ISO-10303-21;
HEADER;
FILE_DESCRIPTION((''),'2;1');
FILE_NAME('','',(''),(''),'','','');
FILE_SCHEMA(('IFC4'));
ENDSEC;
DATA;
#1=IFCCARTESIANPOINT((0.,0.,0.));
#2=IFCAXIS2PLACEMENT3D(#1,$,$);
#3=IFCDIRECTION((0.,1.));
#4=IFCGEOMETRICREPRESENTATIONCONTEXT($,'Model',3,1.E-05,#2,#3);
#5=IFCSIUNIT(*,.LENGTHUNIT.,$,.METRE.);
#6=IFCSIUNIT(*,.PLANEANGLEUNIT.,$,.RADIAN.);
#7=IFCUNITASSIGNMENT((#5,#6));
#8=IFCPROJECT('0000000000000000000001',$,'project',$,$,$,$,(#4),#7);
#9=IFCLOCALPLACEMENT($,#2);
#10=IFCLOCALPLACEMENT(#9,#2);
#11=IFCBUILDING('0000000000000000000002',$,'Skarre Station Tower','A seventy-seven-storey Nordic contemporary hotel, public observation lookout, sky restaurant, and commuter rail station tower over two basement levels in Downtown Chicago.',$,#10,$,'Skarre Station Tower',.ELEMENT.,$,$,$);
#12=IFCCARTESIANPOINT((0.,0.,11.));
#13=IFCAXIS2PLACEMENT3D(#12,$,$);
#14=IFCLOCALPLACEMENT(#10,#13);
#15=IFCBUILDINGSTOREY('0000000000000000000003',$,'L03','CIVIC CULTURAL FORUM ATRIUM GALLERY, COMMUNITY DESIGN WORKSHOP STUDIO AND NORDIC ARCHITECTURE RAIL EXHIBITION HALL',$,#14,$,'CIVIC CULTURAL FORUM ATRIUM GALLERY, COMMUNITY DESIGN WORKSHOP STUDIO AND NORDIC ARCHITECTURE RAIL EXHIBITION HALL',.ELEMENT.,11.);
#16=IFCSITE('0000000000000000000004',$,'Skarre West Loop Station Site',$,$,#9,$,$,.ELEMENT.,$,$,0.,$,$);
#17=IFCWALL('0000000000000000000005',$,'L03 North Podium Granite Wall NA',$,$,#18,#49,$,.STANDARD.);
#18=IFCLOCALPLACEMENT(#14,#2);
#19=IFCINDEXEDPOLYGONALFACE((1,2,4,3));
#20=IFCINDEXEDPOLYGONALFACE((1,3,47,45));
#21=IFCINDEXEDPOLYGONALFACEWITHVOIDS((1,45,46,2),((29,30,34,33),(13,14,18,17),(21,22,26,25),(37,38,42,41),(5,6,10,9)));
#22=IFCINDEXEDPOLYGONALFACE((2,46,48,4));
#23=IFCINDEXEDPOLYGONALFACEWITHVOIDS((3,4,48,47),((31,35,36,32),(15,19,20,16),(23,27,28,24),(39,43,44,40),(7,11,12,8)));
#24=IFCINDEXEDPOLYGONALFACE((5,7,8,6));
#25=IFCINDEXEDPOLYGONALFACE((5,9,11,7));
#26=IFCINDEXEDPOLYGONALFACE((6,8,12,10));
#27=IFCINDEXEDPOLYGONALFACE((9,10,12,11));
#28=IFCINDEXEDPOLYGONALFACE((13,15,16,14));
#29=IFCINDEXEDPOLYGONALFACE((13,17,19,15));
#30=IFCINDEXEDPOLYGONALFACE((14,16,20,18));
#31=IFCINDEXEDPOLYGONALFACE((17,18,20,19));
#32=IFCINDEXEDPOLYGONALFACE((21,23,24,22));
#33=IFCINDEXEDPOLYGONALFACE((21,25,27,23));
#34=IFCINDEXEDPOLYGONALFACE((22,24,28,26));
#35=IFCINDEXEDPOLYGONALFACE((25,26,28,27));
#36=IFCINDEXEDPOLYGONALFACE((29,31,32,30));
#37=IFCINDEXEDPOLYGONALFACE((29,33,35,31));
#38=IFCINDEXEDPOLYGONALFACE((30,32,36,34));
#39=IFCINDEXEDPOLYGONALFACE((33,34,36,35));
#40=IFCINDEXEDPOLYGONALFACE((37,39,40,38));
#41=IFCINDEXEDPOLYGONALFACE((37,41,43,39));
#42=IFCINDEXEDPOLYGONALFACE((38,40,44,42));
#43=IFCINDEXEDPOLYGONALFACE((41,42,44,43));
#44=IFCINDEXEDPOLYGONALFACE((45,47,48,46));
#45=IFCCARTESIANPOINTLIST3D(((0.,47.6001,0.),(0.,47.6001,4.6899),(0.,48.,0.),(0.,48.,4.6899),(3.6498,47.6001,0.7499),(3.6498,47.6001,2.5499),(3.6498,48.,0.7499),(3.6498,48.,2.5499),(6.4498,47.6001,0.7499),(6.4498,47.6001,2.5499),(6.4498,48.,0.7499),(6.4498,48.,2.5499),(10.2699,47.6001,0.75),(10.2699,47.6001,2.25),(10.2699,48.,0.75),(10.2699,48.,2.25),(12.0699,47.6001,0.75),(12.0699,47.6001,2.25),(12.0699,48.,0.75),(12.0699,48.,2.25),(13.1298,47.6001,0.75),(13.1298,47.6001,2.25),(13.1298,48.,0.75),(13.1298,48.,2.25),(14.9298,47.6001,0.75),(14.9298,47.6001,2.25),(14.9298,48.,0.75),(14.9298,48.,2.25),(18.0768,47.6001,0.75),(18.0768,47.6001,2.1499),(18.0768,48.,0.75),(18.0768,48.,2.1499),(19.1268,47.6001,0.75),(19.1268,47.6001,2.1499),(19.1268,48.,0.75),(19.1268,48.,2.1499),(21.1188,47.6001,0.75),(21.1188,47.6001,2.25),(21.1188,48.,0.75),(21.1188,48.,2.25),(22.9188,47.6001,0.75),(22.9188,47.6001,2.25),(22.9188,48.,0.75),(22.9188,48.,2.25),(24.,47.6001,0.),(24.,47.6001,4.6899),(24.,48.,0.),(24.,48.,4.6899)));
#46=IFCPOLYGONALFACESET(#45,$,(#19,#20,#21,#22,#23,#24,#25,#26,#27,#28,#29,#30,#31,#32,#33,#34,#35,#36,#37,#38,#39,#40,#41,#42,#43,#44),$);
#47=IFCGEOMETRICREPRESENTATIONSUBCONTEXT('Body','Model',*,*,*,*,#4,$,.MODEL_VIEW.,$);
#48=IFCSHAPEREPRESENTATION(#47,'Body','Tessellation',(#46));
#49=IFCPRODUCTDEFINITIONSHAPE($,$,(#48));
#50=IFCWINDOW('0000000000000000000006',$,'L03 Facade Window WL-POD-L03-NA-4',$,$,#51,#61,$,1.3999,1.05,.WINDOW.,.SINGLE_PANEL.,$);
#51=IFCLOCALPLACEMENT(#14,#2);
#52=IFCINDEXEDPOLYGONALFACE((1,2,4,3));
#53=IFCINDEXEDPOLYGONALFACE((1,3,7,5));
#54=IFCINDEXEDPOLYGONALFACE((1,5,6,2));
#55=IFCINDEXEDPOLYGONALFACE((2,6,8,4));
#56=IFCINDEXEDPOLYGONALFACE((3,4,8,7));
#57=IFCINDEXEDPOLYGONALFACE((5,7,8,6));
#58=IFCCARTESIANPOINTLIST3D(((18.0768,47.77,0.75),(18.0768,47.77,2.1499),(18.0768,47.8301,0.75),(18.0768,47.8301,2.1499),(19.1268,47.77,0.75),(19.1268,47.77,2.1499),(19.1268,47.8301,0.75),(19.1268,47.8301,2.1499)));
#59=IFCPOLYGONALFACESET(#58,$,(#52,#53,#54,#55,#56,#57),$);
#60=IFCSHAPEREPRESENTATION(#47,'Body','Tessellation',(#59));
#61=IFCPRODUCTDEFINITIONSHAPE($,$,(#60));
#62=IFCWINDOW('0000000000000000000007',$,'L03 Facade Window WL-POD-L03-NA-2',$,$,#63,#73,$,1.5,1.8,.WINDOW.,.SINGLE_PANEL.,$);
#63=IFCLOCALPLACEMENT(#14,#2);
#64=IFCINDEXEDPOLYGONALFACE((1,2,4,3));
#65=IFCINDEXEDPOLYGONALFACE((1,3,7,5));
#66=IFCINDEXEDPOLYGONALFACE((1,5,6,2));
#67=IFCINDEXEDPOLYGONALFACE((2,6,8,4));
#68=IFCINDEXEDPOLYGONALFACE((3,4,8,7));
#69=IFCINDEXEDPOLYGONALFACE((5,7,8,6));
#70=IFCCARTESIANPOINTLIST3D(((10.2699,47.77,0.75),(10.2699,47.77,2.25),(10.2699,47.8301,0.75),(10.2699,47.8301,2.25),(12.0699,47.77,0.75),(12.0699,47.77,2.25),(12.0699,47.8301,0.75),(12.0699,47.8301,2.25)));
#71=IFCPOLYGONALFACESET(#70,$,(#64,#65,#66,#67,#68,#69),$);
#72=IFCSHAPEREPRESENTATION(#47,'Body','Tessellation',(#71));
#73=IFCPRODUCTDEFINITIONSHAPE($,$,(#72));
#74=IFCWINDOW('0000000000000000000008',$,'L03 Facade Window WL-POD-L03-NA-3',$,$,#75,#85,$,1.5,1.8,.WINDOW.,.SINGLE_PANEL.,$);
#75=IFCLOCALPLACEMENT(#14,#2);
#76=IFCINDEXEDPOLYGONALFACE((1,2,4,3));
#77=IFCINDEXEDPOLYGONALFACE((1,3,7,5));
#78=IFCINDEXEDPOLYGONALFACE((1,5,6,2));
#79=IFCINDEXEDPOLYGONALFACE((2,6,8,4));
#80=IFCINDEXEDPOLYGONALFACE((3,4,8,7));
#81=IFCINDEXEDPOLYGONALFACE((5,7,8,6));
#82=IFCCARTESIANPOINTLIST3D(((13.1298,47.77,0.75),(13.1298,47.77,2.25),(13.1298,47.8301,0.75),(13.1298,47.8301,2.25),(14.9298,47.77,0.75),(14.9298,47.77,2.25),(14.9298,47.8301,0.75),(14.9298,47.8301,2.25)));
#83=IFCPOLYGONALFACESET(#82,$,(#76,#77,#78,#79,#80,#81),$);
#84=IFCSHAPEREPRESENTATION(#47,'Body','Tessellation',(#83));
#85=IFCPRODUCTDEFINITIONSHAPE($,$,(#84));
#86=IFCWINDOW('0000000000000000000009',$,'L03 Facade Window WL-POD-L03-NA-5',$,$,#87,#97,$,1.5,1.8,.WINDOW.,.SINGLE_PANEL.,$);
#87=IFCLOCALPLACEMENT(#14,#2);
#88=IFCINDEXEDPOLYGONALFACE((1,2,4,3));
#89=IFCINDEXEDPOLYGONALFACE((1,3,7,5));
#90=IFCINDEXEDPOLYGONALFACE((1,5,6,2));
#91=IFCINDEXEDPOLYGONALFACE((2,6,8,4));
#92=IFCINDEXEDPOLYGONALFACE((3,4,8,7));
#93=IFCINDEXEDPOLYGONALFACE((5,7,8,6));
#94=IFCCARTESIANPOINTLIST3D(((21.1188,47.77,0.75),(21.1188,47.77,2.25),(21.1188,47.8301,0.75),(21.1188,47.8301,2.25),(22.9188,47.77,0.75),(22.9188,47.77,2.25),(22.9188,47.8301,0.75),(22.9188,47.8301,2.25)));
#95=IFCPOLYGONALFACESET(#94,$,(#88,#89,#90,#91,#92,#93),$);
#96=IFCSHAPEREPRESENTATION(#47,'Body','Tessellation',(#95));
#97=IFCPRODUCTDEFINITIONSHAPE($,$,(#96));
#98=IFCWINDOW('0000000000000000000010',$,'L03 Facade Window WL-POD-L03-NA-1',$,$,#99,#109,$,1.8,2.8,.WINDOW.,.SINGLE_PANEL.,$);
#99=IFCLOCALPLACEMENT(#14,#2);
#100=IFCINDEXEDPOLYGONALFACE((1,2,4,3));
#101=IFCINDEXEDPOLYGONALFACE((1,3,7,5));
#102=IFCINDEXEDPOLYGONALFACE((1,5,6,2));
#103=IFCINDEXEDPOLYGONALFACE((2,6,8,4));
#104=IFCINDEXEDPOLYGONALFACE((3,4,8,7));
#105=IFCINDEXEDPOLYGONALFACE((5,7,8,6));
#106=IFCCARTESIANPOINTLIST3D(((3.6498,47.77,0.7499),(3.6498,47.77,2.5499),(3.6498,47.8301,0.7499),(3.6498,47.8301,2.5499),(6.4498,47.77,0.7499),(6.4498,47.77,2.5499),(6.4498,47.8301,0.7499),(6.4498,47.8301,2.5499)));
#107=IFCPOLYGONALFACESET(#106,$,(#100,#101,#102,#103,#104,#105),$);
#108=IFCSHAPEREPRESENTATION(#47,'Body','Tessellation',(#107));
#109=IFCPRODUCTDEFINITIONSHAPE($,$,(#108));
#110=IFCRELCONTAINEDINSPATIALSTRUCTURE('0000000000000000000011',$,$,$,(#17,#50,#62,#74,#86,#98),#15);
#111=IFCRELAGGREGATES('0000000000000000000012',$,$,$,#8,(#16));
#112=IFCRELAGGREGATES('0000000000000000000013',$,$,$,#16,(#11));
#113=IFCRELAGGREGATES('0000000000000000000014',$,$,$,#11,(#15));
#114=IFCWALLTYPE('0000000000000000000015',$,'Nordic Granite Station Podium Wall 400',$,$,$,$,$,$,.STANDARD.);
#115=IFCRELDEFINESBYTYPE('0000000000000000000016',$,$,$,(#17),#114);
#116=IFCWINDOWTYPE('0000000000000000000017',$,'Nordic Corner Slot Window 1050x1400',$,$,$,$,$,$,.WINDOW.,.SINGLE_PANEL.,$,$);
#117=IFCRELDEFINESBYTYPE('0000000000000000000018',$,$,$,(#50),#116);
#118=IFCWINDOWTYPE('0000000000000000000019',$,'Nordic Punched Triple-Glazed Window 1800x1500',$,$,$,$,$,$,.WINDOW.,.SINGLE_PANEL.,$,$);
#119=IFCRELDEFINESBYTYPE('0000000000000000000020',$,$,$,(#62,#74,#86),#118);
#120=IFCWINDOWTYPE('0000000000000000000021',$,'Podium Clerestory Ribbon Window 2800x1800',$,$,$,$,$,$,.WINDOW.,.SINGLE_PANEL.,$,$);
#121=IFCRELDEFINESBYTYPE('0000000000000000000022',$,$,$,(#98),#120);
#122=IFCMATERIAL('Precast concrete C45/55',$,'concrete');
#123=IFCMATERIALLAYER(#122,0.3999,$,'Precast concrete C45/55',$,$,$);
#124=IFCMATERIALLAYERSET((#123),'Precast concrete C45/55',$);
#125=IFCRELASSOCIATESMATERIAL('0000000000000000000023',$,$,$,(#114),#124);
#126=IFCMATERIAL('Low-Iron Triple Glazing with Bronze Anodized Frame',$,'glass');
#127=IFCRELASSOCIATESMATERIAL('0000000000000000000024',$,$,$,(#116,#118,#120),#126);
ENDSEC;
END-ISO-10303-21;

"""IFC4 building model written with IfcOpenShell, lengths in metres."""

from ifc_helpers import new_model, si_unit, direction, frame, frame_2d, origin, place, context, subcontext, project, spatial, rectangle, extrude, material, layer, layer_set, type_object, element, fill, save


model = new_model("IFC4")

# Units and contexts
model_context = context("Model", 3, precision=1e-05, world=origin(), true_north=direction((0.0, 1.0)))
body_context = subcontext(model_context, "Body", "Model", "MODEL_VIEW")
ifc_project = project(units=[si_unit("LENGTHUNIT", "METRE"), si_unit("PLANEANGLEUNIT", "RADIAN")], contexts=[model_context])

# Site, building, storey
site_placement = place(None, origin())
site = spatial("IfcSite", under=ifc_project, at=site_placement, Name="Skarre West Loop Station Site", CompositionType="ELEMENT", RefElevation=0.0)
building_placement = place(site_placement, origin())
building = spatial("IfcBuilding", under=site, at=building_placement, Name="Skarre Station Tower", Description="A seventy-seven-storey Nordic contemporary hotel, public observation lookout, sky restaurant, and commuter rail station tower over two basement levels in Downtown Chicago.", LongName="Skarre Station Tower", CompositionType="ELEMENT")
storey_placement = place(building_placement, frame((0.0, 0.0, 11.0)))
storey = spatial("IfcBuildingStorey", under=building, at=storey_placement, Name="L03", Description="CIVIC CULTURAL FORUM ATRIUM GALLERY, COMMUNITY DESIGN WORKSHOP STUDIO AND NORDIC ARCHITECTURE RAIL EXHIBITION HALL", LongName="CIVIC CULTURAL FORUM ATRIUM GALLERY, COMMUNITY DESIGN WORKSHOP STUDIO AND NORDIC ARCHITECTURE RAIL EXHIBITION HALL", CompositionType="ELEMENT", Elevation=11.0)

# Wall, openings, windows
ifc_material_1 = material(Name="Precast concrete C45/55", Category="concrete")
ifc_layer_1 = layer(ifc_material_1, 0.3999, Name="Precast concrete C45/55")
ifc_layer_set_1 = layer_set([ifc_layer_1], Name="Precast concrete C45/55")
wall_type = type_object("IfcWallType", Name="Nordic Granite Station Podium Wall 400", PredefinedType="STANDARD", material=ifc_layer_set_1)
wall_1_placement = place(storey_placement, frame((0.0, 47.8, 0.0), z_axis=(0.0, 0.0, 1.0), x_axis=(1.0, 0.0, 0.0)))
wall_1 = element("IfcWall", 1, at=wall_1_placement, inside=storey, type_object=wall_type, Name="L03 North Podium Granite Wall NA", PredefinedType="STANDARD", context=body_context, shape_type="SweptSolid", body=[
    extrude(rectangle(XDim=24.0, YDim=0.3999, at=frame_2d((12.0, 0.0))), origin(), (0.0, 0.0, 1.0), 4.6899),
])
opening_1_placement = place(wall_1_placement, frame((3.6499, 0.0, 0.75)))
opening_1 = element("IfcOpeningElement", 2, at=opening_1_placement, cuts=wall_1, PredefinedType="OPENING", context=body_context, shape_type="SweptSolid", body=[
    extrude(rectangle(XDim=2.8, YDim=1.8, at=frame_2d((1.3999, 0.8999))), frame((0.0, 0.21, 0.0), z_axis=(0.0, -1.0, 0.0), x_axis=(1.0, 0.0, 0.0)), (0.0, 0.0, 1.0), 0.4199),
])
opening_2_placement = place(wall_1_placement, frame((10.27, 0.0, 0.75)))
opening_2 = element("IfcOpeningElement", 3, at=opening_2_placement, cuts=wall_1, PredefinedType="OPENING", context=body_context, shape_type="SweptSolid", body=[
    extrude(rectangle(XDim=1.8, YDim=1.5, at=frame_2d((0.8999, 0.75))), frame((0.0, 0.21, 0.0), z_axis=(0.0, -1.0, 0.0), x_axis=(1.0, 0.0, 0.0)), (0.0, 0.0, 1.0), 0.4199),
])
opening_3_placement = place(wall_1_placement, frame((13.1299, 0.0, 0.75)))
opening_3 = element("IfcOpeningElement", 4, at=opening_3_placement, cuts=wall_1, PredefinedType="OPENING", context=body_context, shape_type="SweptSolid", body=[
    extrude(rectangle(XDim=1.8, YDim=1.5, at=frame_2d((0.8999, 0.75))), frame((0.0, 0.21, 0.0), z_axis=(0.0, -1.0, 0.0), x_axis=(1.0, 0.0, 0.0)), (0.0, 0.0, 1.0), 0.4199),
])
opening_4_placement = place(wall_1_placement, frame((18.0769, 0.0, 0.75)))
opening_4 = element("IfcOpeningElement", 5, at=opening_4_placement, cuts=wall_1, PredefinedType="OPENING", context=body_context, shape_type="SweptSolid", body=[
    extrude(rectangle(XDim=1.05, YDim=1.3999, at=frame_2d((0.5249, 0.7))), frame((0.0, 0.21, 0.0), z_axis=(0.0, -1.0, 0.0), x_axis=(1.0, 0.0, 0.0)), (0.0, 0.0, 1.0), 0.4199),
])
opening_5_placement = place(wall_1_placement, frame((21.1189, 0.0, 0.75)))
opening_5 = element("IfcOpeningElement", 6, at=opening_5_placement, cuts=wall_1, PredefinedType="OPENING", context=body_context, shape_type="SweptSolid", body=[
    extrude(rectangle(XDim=1.8, YDim=1.5, at=frame_2d((0.8999, 0.75))), frame((0.0, 0.21, 0.0), z_axis=(0.0, -1.0, 0.0), x_axis=(1.0, 0.0, 0.0)), (0.0, 0.0, 1.0), 0.4199),
])
ifc_material_2 = material(Name="Low-Iron Triple Glazing with Bronze Anodized Frame", Category="glass")
window_type_1 = type_object("IfcWindowType", Name="Nordic Corner Slot Window 1050x1400", PartitioningType="SINGLE_PANEL", PredefinedType="WINDOW", material=ifc_material_2)
window_1_placement = place(opening_4_placement, origin())
window_1 = element("IfcWindow", 7, at=window_1_placement, inside=storey, type_object=window_type_1, Name="L03 Facade Window WL-POD-L03-NA-4", OverallHeight=1.3999, OverallWidth=1.05, PartitioningType="SINGLE_PANEL", PredefinedType="WINDOW", context=body_context, shape_type="SweptSolid", body=[
    extrude(rectangle(XDim=1.05, YDim=1.3999, at=frame_2d((0.5249, 0.7))), frame((0.0, 0.03, 0.0), z_axis=(0.0, -1.0, 0.0), x_axis=(1.0, 0.0, 0.0)), (0.0, 0.0, 1.0), 0.0601),
])
fill(opening_4, window_1)
window_type_2 = type_object("IfcWindowType", Name="Nordic Punched Triple-Glazed Window 1800x1500", PartitioningType="SINGLE_PANEL", PredefinedType="WINDOW", material=ifc_material_2)
window_2_placement = place(opening_2_placement, origin())
window_2 = element("IfcWindow", 8, at=window_2_placement, inside=storey, type_object=window_type_2, Name="L03 Facade Window WL-POD-L03-NA-2", OverallHeight=1.5, OverallWidth=1.8, PartitioningType="SINGLE_PANEL", PredefinedType="WINDOW", context=body_context, shape_type="SweptSolid", body=[
    extrude(rectangle(XDim=1.8, YDim=1.5, at=frame_2d((0.8999, 0.75))), frame((0.0, 0.03, 0.0), z_axis=(0.0, -1.0, 0.0), x_axis=(1.0, 0.0, 0.0)), (0.0, 0.0, 1.0), 0.0601),
])
fill(opening_2, window_2)
window_3_placement = place(opening_3_placement, origin())
window_3 = element("IfcWindow", 9, at=window_3_placement, inside=storey, type_object=window_type_2, Name="L03 Facade Window WL-POD-L03-NA-3", OverallHeight=1.5, OverallWidth=1.8, PartitioningType="SINGLE_PANEL", PredefinedType="WINDOW", context=body_context, shape_type="SweptSolid", body=[
    extrude(rectangle(XDim=1.8, YDim=1.5, at=frame_2d((0.8999, 0.75))), frame((0.0, 0.03, 0.0), z_axis=(0.0, -1.0, 0.0), x_axis=(1.0, 0.0, 0.0)), (0.0, 0.0, 1.0), 0.0601),
])
fill(opening_3, window_3)
window_4_placement = place(opening_5_placement, origin())
window_4 = element("IfcWindow", 10, at=window_4_placement, inside=storey, type_object=window_type_2, Name="L03 Facade Window WL-POD-L03-NA-5", OverallHeight=1.5, OverallWidth=1.8, PartitioningType="SINGLE_PANEL", PredefinedType="WINDOW", context=body_context, shape_type="SweptSolid", body=[
    extrude(rectangle(XDim=1.8, YDim=1.5, at=frame_2d((0.8999, 0.75))), frame((0.0, 0.03, 0.0), z_axis=(0.0, -1.0, 0.0), x_axis=(1.0, 0.0, 0.0)), (0.0, 0.0, 1.0), 0.0601),
])
fill(opening_5, window_4)
window_type_3 = type_object("IfcWindowType", Name="Podium Clerestory Ribbon Window 2800x1800", PartitioningType="SINGLE_PANEL", PredefinedType="WINDOW", material=ifc_material_2)
window_5_placement = place(opening_1_placement, origin())
window_5 = element("IfcWindow", 11, at=window_5_placement, inside=storey, type_object=window_type_3, Name="L03 Facade Window WL-POD-L03-NA-1", OverallHeight=1.8, OverallWidth=2.8, PartitioningType="SINGLE_PANEL", PredefinedType="WINDOW", context=body_context, shape_type="SweptSolid", body=[
    extrude(rectangle(XDim=2.8, YDim=1.8, at=frame_2d((1.3999, 0.8999))), frame((0.0, 0.03, 0.0), z_axis=(0.0, -1.0, 0.0), x_axis=(1.0, 0.0, 0.0)), (0.0, 0.0, 1.0), 0.0601),
])
fill(opening_1, window_5)

save(model, "model.ifc")
